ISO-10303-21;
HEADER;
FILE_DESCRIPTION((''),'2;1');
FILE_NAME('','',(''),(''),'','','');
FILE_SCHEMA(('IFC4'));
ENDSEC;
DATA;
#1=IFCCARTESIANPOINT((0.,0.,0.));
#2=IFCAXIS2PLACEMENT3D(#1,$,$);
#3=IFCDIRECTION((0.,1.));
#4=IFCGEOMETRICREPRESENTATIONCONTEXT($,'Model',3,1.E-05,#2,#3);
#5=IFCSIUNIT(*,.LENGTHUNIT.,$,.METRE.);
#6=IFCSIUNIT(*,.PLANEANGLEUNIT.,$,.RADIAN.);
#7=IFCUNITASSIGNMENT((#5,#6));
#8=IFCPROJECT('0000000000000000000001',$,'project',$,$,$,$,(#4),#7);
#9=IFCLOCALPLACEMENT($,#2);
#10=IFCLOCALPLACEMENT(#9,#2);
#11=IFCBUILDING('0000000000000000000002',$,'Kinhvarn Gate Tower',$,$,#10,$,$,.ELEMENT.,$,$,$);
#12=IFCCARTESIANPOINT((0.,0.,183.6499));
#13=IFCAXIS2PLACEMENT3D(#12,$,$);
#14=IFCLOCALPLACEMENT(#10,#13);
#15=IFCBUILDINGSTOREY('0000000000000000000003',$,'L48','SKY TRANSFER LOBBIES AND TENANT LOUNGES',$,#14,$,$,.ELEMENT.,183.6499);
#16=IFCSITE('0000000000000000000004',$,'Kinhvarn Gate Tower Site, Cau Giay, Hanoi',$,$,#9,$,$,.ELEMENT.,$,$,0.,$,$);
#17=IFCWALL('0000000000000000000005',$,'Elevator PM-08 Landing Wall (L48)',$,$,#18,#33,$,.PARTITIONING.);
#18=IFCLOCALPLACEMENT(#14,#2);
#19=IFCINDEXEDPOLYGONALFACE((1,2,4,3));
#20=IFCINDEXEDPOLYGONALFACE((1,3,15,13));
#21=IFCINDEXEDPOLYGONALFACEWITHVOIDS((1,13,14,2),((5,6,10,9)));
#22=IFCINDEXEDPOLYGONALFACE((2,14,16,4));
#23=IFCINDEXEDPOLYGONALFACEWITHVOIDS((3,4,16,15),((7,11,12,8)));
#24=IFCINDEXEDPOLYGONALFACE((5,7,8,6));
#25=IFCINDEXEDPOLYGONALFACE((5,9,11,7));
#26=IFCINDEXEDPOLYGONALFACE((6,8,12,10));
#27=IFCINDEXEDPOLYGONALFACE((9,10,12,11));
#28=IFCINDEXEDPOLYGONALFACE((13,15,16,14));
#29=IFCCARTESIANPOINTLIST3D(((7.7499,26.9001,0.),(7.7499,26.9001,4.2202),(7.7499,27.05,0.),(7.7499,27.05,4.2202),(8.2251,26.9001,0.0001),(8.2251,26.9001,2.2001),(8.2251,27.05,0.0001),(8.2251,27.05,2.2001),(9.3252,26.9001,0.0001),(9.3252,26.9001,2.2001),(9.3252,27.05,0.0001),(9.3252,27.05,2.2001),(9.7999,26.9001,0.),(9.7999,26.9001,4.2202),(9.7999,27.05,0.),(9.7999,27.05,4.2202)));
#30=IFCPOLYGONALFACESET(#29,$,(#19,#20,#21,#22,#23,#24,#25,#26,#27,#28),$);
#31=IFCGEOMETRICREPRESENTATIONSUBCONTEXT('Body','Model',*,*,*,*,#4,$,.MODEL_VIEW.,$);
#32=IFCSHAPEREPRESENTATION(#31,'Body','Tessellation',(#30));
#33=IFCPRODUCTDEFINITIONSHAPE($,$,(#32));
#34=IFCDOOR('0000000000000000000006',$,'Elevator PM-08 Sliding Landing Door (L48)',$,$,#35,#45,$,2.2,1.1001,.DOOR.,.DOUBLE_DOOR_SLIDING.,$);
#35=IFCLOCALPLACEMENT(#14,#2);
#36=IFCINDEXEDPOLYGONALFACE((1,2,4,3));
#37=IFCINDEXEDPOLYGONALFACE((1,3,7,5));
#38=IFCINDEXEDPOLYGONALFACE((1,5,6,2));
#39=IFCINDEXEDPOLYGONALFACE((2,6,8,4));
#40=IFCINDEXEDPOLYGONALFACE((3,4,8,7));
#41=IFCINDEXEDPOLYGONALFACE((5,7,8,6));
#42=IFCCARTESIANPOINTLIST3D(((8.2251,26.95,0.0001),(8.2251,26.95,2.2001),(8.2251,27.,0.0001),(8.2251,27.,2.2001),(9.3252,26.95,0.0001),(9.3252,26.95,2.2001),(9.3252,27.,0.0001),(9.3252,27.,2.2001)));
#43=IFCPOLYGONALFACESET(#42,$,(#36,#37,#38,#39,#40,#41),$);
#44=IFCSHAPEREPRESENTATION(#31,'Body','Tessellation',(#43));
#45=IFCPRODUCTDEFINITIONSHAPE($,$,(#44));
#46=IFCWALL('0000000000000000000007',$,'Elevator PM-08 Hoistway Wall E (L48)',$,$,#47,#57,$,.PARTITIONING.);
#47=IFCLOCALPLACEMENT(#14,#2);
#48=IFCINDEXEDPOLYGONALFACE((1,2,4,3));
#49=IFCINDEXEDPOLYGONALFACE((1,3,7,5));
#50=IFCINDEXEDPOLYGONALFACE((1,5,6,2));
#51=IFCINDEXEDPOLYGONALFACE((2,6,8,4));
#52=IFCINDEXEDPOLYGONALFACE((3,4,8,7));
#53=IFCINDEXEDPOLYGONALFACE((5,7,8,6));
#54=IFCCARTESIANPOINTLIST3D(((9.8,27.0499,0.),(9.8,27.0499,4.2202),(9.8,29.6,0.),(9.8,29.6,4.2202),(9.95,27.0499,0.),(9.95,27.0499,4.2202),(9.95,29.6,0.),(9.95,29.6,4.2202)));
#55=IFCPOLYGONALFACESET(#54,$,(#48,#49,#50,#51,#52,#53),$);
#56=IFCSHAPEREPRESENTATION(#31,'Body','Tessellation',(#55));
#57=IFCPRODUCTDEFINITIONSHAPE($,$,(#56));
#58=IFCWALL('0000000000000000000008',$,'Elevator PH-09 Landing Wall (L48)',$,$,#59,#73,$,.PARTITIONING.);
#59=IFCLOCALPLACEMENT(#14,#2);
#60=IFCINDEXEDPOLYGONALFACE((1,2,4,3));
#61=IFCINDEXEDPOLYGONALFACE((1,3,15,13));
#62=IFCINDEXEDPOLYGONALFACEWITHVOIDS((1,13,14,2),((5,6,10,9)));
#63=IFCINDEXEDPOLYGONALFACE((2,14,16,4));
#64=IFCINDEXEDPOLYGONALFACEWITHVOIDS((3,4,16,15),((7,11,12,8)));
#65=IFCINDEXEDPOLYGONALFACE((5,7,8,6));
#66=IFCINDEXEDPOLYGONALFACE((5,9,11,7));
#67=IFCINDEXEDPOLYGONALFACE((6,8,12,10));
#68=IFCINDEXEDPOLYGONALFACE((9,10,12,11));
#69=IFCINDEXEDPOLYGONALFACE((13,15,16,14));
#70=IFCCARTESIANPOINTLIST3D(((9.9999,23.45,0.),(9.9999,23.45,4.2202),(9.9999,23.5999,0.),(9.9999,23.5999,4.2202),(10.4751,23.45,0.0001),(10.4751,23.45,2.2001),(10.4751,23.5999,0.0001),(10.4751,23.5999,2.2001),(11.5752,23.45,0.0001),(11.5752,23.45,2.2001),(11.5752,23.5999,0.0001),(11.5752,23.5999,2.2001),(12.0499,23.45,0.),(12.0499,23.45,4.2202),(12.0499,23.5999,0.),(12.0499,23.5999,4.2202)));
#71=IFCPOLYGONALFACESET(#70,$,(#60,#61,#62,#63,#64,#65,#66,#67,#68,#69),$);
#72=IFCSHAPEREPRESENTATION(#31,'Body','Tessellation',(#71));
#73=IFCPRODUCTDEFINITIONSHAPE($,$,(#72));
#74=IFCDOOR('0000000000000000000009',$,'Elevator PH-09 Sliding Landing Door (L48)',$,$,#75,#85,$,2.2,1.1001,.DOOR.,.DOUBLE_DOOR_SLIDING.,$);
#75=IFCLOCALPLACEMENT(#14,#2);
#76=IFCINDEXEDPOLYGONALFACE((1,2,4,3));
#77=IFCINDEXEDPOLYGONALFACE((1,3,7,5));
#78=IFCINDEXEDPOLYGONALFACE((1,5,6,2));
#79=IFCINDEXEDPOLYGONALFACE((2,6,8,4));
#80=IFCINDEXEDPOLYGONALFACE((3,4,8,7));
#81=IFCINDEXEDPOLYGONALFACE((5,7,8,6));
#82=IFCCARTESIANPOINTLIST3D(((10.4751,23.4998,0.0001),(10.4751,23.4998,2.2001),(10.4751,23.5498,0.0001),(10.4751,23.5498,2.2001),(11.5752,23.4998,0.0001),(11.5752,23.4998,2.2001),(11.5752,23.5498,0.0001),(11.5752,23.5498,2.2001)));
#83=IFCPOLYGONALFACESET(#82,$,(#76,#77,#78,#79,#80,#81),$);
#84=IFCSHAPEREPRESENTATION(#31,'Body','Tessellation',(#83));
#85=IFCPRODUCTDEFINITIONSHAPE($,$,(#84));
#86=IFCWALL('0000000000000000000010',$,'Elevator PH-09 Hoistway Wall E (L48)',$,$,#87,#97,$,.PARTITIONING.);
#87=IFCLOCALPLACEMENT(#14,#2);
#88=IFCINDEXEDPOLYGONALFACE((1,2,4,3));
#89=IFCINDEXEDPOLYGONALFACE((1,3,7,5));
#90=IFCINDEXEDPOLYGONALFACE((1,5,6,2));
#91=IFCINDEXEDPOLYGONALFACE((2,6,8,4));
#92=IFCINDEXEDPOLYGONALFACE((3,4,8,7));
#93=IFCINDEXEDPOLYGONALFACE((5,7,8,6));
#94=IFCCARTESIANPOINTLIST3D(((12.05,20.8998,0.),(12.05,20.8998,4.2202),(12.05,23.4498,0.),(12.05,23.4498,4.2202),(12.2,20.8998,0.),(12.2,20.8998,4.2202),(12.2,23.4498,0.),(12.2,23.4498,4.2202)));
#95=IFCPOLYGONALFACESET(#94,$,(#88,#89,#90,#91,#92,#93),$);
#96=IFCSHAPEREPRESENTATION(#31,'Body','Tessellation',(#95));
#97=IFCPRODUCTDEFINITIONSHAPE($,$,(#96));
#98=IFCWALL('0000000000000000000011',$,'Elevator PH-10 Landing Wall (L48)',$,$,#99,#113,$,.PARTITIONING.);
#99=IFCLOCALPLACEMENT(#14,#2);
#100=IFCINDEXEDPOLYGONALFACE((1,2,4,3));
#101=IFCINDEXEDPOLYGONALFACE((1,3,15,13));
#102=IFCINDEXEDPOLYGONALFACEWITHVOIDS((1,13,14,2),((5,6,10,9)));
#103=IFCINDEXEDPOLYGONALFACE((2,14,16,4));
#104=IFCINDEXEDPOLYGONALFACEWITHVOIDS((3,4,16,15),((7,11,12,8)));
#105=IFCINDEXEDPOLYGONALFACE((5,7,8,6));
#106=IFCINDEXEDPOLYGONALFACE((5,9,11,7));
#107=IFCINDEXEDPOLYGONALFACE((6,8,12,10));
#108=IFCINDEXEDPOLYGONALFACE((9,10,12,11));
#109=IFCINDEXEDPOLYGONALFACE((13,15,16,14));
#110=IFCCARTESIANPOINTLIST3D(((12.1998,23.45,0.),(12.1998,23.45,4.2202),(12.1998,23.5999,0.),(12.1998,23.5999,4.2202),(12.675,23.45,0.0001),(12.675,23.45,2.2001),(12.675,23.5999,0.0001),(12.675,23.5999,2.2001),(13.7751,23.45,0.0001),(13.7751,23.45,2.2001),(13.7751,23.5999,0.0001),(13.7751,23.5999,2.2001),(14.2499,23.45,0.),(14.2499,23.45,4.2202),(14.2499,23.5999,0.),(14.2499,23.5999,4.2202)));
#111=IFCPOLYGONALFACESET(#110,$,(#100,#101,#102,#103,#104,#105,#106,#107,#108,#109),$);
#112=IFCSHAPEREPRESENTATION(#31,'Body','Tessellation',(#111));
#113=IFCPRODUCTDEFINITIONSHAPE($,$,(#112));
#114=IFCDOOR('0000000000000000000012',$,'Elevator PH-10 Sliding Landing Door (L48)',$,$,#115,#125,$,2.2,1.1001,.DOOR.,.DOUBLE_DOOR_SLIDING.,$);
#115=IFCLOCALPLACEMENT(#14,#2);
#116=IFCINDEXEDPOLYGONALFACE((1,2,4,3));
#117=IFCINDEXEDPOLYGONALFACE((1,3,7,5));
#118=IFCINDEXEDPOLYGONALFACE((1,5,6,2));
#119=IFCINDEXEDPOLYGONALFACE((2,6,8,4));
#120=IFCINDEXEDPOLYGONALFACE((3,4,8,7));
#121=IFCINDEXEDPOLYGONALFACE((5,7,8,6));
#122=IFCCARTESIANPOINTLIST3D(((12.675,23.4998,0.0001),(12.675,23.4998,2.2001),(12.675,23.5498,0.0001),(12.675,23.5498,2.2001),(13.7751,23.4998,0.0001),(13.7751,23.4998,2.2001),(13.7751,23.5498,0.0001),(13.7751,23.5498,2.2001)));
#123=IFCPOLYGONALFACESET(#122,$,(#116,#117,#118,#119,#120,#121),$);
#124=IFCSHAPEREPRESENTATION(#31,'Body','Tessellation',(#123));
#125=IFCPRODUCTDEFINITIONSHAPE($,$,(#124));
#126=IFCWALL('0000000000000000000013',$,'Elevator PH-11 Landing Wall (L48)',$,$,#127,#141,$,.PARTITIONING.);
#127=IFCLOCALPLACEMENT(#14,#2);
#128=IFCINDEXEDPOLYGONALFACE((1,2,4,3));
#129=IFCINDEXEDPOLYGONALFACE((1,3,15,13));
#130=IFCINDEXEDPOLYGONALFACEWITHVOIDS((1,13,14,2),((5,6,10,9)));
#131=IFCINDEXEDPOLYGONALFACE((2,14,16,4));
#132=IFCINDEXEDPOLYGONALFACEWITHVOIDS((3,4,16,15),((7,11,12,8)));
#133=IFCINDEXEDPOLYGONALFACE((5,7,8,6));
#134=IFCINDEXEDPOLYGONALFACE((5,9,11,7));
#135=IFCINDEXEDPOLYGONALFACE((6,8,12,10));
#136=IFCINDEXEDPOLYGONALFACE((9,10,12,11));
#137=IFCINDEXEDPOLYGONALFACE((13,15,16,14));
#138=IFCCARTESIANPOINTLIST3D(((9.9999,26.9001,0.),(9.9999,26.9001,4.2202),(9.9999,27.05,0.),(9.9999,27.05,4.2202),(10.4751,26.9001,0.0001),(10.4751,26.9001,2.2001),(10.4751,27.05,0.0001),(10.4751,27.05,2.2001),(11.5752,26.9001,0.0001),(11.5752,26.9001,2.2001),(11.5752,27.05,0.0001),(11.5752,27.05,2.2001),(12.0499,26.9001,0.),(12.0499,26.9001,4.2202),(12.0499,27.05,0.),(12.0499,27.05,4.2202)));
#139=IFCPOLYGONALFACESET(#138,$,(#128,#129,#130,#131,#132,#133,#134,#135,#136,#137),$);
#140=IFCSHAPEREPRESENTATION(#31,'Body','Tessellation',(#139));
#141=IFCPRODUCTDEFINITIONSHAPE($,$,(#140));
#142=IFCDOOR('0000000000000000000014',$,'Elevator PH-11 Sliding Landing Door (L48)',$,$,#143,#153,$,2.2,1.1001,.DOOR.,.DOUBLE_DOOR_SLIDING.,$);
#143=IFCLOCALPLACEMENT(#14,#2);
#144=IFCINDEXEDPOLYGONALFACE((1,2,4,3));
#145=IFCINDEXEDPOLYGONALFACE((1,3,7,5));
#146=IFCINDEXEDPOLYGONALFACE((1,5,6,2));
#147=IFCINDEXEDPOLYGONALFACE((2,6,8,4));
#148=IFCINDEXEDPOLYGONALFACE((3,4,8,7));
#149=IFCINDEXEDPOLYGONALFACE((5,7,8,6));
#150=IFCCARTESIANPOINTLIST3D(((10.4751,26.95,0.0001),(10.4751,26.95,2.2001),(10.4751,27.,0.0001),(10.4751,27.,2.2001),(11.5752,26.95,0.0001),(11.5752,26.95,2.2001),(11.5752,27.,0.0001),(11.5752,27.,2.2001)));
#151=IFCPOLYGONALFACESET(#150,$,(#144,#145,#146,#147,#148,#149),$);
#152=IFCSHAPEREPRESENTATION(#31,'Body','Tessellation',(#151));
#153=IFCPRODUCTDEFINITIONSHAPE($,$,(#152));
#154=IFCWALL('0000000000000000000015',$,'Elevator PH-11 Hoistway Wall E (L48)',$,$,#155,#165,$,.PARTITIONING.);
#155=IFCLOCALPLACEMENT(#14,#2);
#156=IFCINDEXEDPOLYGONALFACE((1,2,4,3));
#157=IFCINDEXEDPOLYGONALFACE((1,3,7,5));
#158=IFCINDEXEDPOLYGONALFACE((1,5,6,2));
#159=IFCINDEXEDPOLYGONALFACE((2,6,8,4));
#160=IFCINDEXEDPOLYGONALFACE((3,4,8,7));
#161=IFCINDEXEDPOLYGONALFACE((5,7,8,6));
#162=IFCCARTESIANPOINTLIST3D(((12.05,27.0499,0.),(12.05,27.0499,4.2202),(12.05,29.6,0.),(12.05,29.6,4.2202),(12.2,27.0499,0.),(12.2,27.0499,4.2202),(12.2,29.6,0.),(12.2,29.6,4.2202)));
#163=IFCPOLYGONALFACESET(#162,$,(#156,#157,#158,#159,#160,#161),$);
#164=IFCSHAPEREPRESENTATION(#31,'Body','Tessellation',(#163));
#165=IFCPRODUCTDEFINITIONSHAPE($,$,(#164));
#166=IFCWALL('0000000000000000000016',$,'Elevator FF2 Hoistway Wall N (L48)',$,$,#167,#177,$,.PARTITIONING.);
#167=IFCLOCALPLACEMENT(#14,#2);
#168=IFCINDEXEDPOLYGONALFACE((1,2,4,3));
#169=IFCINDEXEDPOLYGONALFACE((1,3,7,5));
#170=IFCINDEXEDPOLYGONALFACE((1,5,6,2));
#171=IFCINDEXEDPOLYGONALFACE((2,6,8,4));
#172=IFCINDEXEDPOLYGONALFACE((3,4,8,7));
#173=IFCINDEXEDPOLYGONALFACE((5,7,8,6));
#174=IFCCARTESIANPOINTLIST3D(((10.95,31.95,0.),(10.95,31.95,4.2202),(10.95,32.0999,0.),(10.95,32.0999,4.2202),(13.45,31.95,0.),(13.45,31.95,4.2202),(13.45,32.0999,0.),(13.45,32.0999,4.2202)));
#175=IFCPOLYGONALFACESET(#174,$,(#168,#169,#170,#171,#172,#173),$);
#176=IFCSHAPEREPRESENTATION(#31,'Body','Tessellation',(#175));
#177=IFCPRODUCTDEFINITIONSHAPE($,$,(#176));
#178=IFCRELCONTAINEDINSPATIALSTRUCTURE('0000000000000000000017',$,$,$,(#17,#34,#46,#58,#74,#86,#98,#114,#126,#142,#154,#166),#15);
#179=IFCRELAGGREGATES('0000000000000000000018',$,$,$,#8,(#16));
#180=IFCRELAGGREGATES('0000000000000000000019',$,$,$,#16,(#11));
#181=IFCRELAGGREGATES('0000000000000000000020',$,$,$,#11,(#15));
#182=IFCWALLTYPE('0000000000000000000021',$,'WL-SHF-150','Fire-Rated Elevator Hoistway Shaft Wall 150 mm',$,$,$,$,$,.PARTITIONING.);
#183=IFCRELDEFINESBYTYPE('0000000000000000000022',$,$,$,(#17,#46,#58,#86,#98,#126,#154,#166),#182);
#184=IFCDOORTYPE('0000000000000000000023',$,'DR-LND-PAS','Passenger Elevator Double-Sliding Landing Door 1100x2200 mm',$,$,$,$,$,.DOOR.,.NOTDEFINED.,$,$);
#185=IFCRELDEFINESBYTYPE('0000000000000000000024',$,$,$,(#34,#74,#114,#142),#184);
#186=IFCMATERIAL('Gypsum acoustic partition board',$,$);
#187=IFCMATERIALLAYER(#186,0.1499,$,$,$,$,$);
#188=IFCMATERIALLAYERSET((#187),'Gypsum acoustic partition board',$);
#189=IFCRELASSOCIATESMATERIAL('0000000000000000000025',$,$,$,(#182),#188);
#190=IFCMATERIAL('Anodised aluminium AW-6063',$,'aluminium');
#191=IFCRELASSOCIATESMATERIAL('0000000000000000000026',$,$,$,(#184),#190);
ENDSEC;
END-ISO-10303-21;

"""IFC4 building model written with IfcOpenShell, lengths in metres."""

from ifc_helpers import new_model, si_unit, direction, frame, frame_2d, origin, place, context, subcontext, project, spatial, rectangle, extrude, material, layer, layer_set, type_object, element, fill, save


model = new_model("IFC4")

# Units and contexts
model_context = context("Model", 3, precision=1e-05, world=origin(), true_north=direction((0.0, 1.0)))
body_context = subcontext(model_context, "Body", "Model", "MODEL_VIEW")
ifc_project = project(units=[si_unit("LENGTHUNIT", "METRE"), si_unit("PLANEANGLEUNIT", "RADIAN")], contexts=[model_context])

# Site, building, storey
site_placement = place(None, origin())
site = spatial("IfcSite", under=ifc_project, at=site_placement, Name="Kinhvarn Gate Tower Site, Cau Giay, Hanoi", CompositionType="ELEMENT", RefElevation=0.0)
building_placement = place(site_placement, origin())
building = spatial("IfcBuilding", under=site, at=building_placement, Name="Kinhvarn Gate Tower", CompositionType="ELEMENT")
storey_placement = place(building_placement, frame((0.0, 0.0, 183.6499)))
storey = spatial("IfcBuildingStorey", under=building, at=storey_placement, Name="L48", Description="SKY TRANSFER LOBBIES AND TENANT LOUNGES", CompositionType="ELEMENT", Elevation=183.6499)

# Shared definitions
ifc_material_1 = material(Name="Gypsum acoustic partition board")
ifc_layer_1 = layer(ifc_material_1, 0.1499)
ifc_layer_set_1 = layer_set([ifc_layer_1], Name="Gypsum acoustic partition board")
wall_type_1 = type_object("IfcWallType", Name="WL-SHF-150", Description="Fire-Rated Elevator Hoistway Shaft Wall 150 mm", PredefinedType="PARTITIONING", material=ifc_layer_set_1)
ifc_material_2 = material(Name="Anodised aluminium AW-6063", Category="aluminium")
door_type = type_object("IfcDoorType", Name="DR-LND-PAS", Description="Passenger Elevator Double-Sliding Landing Door 1100x2200 mm", OperationType="NOTDEFINED", PredefinedType="DOOR", material=ifc_material_2)

# Wall, opening, door
wall_1_placement = place(storey_placement, frame((7.75, 26.9751, 0.0), z_axis=(0.0, 0.0, 1.0), x_axis=(1.0, 0.0, 0.0)))
wall_1 = element("IfcWall", 1, at=wall_1_placement, inside=storey, type_object=wall_type_1, Name="Elevator PM-08 Landing Wall (L48)", PredefinedType="PARTITIONING", context=body_context, shape_type="SweptSolid", body=[
    extrude(rectangle(XDim=2.05, YDim=0.1499, at=frame_2d((1.0249, 0.0))), origin(), (0.0, 0.0, 1.0), 4.2202),
])
opening_1_placement = place(wall_1_placement, frame((0.4751, 0.0, 0.0)))
opening_1 = element("IfcOpeningElement", 2, at=opening_1_placement, cuts=wall_1, PredefinedType="OPENING", context=body_context, shape_type="SweptSolid", body=[
    extrude(rectangle(XDim=1.1001, YDim=2.2, at=frame_2d((0.55, 1.1001))), frame((0.0, 0.085, 0.0), z_axis=(0.0, -1.0, 0.0), x_axis=(1.0, 0.0, 0.0)), (0.0, 0.0, 1.0), 0.1699),
])
door_1_placement = place(opening_1_placement, origin())
door_1 = element("IfcDoor", 3, at=door_1_placement, inside=storey, type_object=door_type, Name="Elevator PM-08 Sliding Landing Door (L48)", OperationType="DOUBLE_DOOR_SLIDING", OverallHeight=2.2, OverallWidth=1.1001, PredefinedType="DOOR", context=body_context, shape_type="SweptSolid", body=[
    extrude(rectangle(XDim=1.1001, YDim=2.2, at=frame_2d((0.55, 1.1001))), frame((0.0, 0.0249, 0.0), z_axis=(0.0, -1.0, 0.0), x_axis=(1.0, 0.0, 0.0)), (0.0, 0.0, 1.0), 0.05),
])
fill(opening_1, door_1)

# Wall
wall_2_placement = place(storey_placement, frame((9.875, 27.05, 0.0), z_axis=(0.0, 0.0, 1.0), x_axis=(0.0, 1.0, 0.0)))
element("IfcWall", 4, at=wall_2_placement, inside=storey, type_object=wall_type_1, Name="Elevator PM-08 Hoistway Wall E (L48)", PredefinedType="PARTITIONING", context=body_context, shape_type="SweptSolid", body=[
    extrude(rectangle(XDim=2.55, YDim=0.1499, at=frame_2d((1.2749, 0.0))), origin(), (0.0, 0.0, 1.0), 4.2202),
])

# Wall, opening, door
wall_3_placement = place(storey_placement, frame((10.0, 23.5249, 0.0), z_axis=(0.0, 0.0, 1.0), x_axis=(1.0, 0.0, 0.0)))
wall_3 = element("IfcWall", 5, at=wall_3_placement, inside=storey, type_object=wall_type_1, Name="Elevator PH-09 Landing Wall (L48)", PredefinedType="PARTITIONING", context=body_context, shape_type="SweptSolid", body=[
    extrude(rectangle(XDim=2.05, YDim=0.1499, at=frame_2d((1.0249, 0.0))), origin(), (0.0, 0.0, 1.0), 4.2202),
])
opening_2_placement = place(wall_3_placement, frame((0.4751, 0.0, 0.0)))
opening_2 = element("IfcOpeningElement", 6, at=opening_2_placement, cuts=wall_3, PredefinedType="OPENING", context=body_context, shape_type="SweptSolid", body=[
    extrude(rectangle(XDim=1.1001, YDim=2.2, at=frame_2d((0.55, 1.1001))), frame((0.0, 0.085, 0.0), z_axis=(0.0, -1.0, 0.0), x_axis=(1.0, 0.0, 0.0)), (0.0, 0.0, 1.0), 0.1699),
])
door_2_placement = place(opening_2_placement, origin())
door_2 = element("IfcDoor", 7, at=door_2_placement, inside=storey, type_object=door_type, Name="Elevator PH-09 Sliding Landing Door (L48)", OperationType="DOUBLE_DOOR_SLIDING", OverallHeight=2.2, OverallWidth=1.1001, PredefinedType="DOOR", context=body_context, shape_type="SweptSolid", body=[
    extrude(rectangle(XDim=1.1001, YDim=2.2, at=frame_2d((0.55, 1.1001))), frame((0.0, 0.0249, 0.0), z_axis=(0.0, -1.0, 0.0), x_axis=(1.0, 0.0, 0.0)), (0.0, 0.0, 1.0), 0.05),
])
fill(opening_2, door_2)

# Wall
wall_4_placement = place(storey_placement, frame((12.125, 20.8999, 0.0), z_axis=(0.0, 0.0, 1.0), x_axis=(0.0, 1.0, 0.0)))
element("IfcWall", 8, at=wall_4_placement, inside=storey, type_object=wall_type_1, Name="Elevator PH-09 Hoistway Wall E (L48)", PredefinedType="PARTITIONING", context=body_context, shape_type="SweptSolid", body=[
    extrude(rectangle(XDim=2.55, YDim=0.1499, at=frame_2d((1.2749, 0.0))), origin(), (0.0, 0.0, 1.0), 4.2202),
])

# Walls, openings, doors
wall_5_placement = place(storey_placement, frame((12.2, 23.5249, 0.0), z_axis=(0.0, 0.0, 1.0), x_axis=(1.0, 0.0, 0.0)))
wall_5 = element("IfcWall", 9, at=wall_5_placement, inside=storey, type_object=wall_type_1, Name="Elevator PH-10 Landing Wall (L48)", PredefinedType="PARTITIONING", context=body_context, shape_type="SweptSolid", body=[
    extrude(rectangle(XDim=2.05, YDim=0.1499, at=frame_2d((1.0249, 0.0))), origin(), (0.0, 0.0, 1.0), 4.2202),
])
opening_3_placement = place(wall_5_placement, frame((0.4751, 0.0, 0.0)))
opening_3 = element("IfcOpeningElement", 10, at=opening_3_placement, cuts=wall_5, PredefinedType="OPENING", context=body_context, shape_type="SweptSolid", body=[
    extrude(rectangle(XDim=1.1001, YDim=2.2, at=frame_2d((0.55, 1.1001))), frame((0.0, 0.085, 0.0), z_axis=(0.0, -1.0, 0.0), x_axis=(1.0, 0.0, 0.0)), (0.0, 0.0, 1.0), 0.1699),
])
door_3_placement = place(opening_3_placement, origin())
door_3 = element("IfcDoor", 11, at=door_3_placement, inside=storey, type_object=door_type, Name="Elevator PH-10 Sliding Landing Door (L48)", OperationType="DOUBLE_DOOR_SLIDING", OverallHeight=2.2, OverallWidth=1.1001, PredefinedType="DOOR", context=body_context, shape_type="SweptSolid", body=[
    extrude(rectangle(XDim=1.1001, YDim=2.2, at=frame_2d((0.55, 1.1001))), frame((0.0, 0.0249, 0.0), z_axis=(0.0, -1.0, 0.0), x_axis=(1.0, 0.0, 0.0)), (0.0, 0.0, 1.0), 0.05),
])
fill(opening_3, door_3)
wall_6_placement = place(storey_placement, frame((10.0, 26.9751, 0.0), z_axis=(0.0, 0.0, 1.0), x_axis=(1.0, 0.0, 0.0)))
wall_6 = element("IfcWall", 12, at=wall_6_placement, inside=storey, type_object=wall_type_1, Name="Elevator PH-11 Landing Wall (L48)", PredefinedType="PARTITIONING", context=body_context, shape_type="SweptSolid", body=[
    extrude(rectangle(XDim=2.05, YDim=0.1499, at=frame_2d((1.0249, 0.0))), origin(), (0.0, 0.0, 1.0), 4.2202),
])
opening_4_placement = place(wall_6_placement, frame((0.4751, 0.0, 0.0)))
opening_4 = element("IfcOpeningElement", 13, at=opening_4_placement, cuts=wall_6, PredefinedType="OPENING", context=body_context, shape_type="SweptSolid", body=[
    extrude(rectangle(XDim=1.1001, YDim=2.2, at=frame_2d((0.55, 1.1001))), frame((0.0, 0.085, 0.0), z_axis=(0.0, -1.0, 0.0), x_axis=(1.0, 0.0, 0.0)), (0.0, 0.0, 1.0), 0.1699),
])
door_4_placement = place(opening_4_placement, origin())
door_4 = element("IfcDoor", 14, at=door_4_placement, inside=storey, type_object=door_type, Name="Elevator PH-11 Sliding Landing Door (L48)", OperationType="DOUBLE_DOOR_SLIDING", OverallHeight=2.2, OverallWidth=1.1001, PredefinedType="DOOR", context=body_context, shape_type="SweptSolid", body=[
    extrude(rectangle(XDim=1.1001, YDim=2.2, at=frame_2d((0.55, 1.1001))), frame((0.0, 0.0249, 0.0), z_axis=(0.0, -1.0, 0.0), x_axis=(1.0, 0.0, 0.0)), (0.0, 0.0, 1.0), 0.05),
])
fill(opening_4, door_4)

# Walls
wall_7_placement = place(storey_placement, frame((12.125, 27.05, 0.0), z_axis=(0.0, 0.0, 1.0), x_axis=(0.0, 1.0, 0.0)))
element("IfcWall", 15, at=wall_7_placement, inside=storey, type_object=wall_type_1, Name="Elevator PH-11 Hoistway Wall E (L48)", PredefinedType="PARTITIONING", context=body_context, shape_type="SweptSolid", body=[
    extrude(rectangle(XDim=2.55, YDim=0.1499, at=frame_2d((1.2749, 0.0))), origin(), (0.0, 0.0, 1.0), 4.2202),
])
wall_8_placement = place(storey_placement, frame((10.95, 32.0249, 0.0), z_axis=(0.0, 0.0, 1.0), x_axis=(1.0, 0.0, 0.0)))
element("IfcWall", 16, at=wall_8_placement, inside=storey, type_object=wall_type_1, Name="Elevator FF2 Hoistway Wall N (L48)", PredefinedType="PARTITIONING", context=body_context, shape_type="SweptSolid", body=[
    extrude(rectangle(XDim=2.5, YDim=0.1499, at=frame_2d((1.25, 0.0))), origin(), (0.0, 0.0, 1.0), 4.2202),
])

save(model, "model.ifc")
